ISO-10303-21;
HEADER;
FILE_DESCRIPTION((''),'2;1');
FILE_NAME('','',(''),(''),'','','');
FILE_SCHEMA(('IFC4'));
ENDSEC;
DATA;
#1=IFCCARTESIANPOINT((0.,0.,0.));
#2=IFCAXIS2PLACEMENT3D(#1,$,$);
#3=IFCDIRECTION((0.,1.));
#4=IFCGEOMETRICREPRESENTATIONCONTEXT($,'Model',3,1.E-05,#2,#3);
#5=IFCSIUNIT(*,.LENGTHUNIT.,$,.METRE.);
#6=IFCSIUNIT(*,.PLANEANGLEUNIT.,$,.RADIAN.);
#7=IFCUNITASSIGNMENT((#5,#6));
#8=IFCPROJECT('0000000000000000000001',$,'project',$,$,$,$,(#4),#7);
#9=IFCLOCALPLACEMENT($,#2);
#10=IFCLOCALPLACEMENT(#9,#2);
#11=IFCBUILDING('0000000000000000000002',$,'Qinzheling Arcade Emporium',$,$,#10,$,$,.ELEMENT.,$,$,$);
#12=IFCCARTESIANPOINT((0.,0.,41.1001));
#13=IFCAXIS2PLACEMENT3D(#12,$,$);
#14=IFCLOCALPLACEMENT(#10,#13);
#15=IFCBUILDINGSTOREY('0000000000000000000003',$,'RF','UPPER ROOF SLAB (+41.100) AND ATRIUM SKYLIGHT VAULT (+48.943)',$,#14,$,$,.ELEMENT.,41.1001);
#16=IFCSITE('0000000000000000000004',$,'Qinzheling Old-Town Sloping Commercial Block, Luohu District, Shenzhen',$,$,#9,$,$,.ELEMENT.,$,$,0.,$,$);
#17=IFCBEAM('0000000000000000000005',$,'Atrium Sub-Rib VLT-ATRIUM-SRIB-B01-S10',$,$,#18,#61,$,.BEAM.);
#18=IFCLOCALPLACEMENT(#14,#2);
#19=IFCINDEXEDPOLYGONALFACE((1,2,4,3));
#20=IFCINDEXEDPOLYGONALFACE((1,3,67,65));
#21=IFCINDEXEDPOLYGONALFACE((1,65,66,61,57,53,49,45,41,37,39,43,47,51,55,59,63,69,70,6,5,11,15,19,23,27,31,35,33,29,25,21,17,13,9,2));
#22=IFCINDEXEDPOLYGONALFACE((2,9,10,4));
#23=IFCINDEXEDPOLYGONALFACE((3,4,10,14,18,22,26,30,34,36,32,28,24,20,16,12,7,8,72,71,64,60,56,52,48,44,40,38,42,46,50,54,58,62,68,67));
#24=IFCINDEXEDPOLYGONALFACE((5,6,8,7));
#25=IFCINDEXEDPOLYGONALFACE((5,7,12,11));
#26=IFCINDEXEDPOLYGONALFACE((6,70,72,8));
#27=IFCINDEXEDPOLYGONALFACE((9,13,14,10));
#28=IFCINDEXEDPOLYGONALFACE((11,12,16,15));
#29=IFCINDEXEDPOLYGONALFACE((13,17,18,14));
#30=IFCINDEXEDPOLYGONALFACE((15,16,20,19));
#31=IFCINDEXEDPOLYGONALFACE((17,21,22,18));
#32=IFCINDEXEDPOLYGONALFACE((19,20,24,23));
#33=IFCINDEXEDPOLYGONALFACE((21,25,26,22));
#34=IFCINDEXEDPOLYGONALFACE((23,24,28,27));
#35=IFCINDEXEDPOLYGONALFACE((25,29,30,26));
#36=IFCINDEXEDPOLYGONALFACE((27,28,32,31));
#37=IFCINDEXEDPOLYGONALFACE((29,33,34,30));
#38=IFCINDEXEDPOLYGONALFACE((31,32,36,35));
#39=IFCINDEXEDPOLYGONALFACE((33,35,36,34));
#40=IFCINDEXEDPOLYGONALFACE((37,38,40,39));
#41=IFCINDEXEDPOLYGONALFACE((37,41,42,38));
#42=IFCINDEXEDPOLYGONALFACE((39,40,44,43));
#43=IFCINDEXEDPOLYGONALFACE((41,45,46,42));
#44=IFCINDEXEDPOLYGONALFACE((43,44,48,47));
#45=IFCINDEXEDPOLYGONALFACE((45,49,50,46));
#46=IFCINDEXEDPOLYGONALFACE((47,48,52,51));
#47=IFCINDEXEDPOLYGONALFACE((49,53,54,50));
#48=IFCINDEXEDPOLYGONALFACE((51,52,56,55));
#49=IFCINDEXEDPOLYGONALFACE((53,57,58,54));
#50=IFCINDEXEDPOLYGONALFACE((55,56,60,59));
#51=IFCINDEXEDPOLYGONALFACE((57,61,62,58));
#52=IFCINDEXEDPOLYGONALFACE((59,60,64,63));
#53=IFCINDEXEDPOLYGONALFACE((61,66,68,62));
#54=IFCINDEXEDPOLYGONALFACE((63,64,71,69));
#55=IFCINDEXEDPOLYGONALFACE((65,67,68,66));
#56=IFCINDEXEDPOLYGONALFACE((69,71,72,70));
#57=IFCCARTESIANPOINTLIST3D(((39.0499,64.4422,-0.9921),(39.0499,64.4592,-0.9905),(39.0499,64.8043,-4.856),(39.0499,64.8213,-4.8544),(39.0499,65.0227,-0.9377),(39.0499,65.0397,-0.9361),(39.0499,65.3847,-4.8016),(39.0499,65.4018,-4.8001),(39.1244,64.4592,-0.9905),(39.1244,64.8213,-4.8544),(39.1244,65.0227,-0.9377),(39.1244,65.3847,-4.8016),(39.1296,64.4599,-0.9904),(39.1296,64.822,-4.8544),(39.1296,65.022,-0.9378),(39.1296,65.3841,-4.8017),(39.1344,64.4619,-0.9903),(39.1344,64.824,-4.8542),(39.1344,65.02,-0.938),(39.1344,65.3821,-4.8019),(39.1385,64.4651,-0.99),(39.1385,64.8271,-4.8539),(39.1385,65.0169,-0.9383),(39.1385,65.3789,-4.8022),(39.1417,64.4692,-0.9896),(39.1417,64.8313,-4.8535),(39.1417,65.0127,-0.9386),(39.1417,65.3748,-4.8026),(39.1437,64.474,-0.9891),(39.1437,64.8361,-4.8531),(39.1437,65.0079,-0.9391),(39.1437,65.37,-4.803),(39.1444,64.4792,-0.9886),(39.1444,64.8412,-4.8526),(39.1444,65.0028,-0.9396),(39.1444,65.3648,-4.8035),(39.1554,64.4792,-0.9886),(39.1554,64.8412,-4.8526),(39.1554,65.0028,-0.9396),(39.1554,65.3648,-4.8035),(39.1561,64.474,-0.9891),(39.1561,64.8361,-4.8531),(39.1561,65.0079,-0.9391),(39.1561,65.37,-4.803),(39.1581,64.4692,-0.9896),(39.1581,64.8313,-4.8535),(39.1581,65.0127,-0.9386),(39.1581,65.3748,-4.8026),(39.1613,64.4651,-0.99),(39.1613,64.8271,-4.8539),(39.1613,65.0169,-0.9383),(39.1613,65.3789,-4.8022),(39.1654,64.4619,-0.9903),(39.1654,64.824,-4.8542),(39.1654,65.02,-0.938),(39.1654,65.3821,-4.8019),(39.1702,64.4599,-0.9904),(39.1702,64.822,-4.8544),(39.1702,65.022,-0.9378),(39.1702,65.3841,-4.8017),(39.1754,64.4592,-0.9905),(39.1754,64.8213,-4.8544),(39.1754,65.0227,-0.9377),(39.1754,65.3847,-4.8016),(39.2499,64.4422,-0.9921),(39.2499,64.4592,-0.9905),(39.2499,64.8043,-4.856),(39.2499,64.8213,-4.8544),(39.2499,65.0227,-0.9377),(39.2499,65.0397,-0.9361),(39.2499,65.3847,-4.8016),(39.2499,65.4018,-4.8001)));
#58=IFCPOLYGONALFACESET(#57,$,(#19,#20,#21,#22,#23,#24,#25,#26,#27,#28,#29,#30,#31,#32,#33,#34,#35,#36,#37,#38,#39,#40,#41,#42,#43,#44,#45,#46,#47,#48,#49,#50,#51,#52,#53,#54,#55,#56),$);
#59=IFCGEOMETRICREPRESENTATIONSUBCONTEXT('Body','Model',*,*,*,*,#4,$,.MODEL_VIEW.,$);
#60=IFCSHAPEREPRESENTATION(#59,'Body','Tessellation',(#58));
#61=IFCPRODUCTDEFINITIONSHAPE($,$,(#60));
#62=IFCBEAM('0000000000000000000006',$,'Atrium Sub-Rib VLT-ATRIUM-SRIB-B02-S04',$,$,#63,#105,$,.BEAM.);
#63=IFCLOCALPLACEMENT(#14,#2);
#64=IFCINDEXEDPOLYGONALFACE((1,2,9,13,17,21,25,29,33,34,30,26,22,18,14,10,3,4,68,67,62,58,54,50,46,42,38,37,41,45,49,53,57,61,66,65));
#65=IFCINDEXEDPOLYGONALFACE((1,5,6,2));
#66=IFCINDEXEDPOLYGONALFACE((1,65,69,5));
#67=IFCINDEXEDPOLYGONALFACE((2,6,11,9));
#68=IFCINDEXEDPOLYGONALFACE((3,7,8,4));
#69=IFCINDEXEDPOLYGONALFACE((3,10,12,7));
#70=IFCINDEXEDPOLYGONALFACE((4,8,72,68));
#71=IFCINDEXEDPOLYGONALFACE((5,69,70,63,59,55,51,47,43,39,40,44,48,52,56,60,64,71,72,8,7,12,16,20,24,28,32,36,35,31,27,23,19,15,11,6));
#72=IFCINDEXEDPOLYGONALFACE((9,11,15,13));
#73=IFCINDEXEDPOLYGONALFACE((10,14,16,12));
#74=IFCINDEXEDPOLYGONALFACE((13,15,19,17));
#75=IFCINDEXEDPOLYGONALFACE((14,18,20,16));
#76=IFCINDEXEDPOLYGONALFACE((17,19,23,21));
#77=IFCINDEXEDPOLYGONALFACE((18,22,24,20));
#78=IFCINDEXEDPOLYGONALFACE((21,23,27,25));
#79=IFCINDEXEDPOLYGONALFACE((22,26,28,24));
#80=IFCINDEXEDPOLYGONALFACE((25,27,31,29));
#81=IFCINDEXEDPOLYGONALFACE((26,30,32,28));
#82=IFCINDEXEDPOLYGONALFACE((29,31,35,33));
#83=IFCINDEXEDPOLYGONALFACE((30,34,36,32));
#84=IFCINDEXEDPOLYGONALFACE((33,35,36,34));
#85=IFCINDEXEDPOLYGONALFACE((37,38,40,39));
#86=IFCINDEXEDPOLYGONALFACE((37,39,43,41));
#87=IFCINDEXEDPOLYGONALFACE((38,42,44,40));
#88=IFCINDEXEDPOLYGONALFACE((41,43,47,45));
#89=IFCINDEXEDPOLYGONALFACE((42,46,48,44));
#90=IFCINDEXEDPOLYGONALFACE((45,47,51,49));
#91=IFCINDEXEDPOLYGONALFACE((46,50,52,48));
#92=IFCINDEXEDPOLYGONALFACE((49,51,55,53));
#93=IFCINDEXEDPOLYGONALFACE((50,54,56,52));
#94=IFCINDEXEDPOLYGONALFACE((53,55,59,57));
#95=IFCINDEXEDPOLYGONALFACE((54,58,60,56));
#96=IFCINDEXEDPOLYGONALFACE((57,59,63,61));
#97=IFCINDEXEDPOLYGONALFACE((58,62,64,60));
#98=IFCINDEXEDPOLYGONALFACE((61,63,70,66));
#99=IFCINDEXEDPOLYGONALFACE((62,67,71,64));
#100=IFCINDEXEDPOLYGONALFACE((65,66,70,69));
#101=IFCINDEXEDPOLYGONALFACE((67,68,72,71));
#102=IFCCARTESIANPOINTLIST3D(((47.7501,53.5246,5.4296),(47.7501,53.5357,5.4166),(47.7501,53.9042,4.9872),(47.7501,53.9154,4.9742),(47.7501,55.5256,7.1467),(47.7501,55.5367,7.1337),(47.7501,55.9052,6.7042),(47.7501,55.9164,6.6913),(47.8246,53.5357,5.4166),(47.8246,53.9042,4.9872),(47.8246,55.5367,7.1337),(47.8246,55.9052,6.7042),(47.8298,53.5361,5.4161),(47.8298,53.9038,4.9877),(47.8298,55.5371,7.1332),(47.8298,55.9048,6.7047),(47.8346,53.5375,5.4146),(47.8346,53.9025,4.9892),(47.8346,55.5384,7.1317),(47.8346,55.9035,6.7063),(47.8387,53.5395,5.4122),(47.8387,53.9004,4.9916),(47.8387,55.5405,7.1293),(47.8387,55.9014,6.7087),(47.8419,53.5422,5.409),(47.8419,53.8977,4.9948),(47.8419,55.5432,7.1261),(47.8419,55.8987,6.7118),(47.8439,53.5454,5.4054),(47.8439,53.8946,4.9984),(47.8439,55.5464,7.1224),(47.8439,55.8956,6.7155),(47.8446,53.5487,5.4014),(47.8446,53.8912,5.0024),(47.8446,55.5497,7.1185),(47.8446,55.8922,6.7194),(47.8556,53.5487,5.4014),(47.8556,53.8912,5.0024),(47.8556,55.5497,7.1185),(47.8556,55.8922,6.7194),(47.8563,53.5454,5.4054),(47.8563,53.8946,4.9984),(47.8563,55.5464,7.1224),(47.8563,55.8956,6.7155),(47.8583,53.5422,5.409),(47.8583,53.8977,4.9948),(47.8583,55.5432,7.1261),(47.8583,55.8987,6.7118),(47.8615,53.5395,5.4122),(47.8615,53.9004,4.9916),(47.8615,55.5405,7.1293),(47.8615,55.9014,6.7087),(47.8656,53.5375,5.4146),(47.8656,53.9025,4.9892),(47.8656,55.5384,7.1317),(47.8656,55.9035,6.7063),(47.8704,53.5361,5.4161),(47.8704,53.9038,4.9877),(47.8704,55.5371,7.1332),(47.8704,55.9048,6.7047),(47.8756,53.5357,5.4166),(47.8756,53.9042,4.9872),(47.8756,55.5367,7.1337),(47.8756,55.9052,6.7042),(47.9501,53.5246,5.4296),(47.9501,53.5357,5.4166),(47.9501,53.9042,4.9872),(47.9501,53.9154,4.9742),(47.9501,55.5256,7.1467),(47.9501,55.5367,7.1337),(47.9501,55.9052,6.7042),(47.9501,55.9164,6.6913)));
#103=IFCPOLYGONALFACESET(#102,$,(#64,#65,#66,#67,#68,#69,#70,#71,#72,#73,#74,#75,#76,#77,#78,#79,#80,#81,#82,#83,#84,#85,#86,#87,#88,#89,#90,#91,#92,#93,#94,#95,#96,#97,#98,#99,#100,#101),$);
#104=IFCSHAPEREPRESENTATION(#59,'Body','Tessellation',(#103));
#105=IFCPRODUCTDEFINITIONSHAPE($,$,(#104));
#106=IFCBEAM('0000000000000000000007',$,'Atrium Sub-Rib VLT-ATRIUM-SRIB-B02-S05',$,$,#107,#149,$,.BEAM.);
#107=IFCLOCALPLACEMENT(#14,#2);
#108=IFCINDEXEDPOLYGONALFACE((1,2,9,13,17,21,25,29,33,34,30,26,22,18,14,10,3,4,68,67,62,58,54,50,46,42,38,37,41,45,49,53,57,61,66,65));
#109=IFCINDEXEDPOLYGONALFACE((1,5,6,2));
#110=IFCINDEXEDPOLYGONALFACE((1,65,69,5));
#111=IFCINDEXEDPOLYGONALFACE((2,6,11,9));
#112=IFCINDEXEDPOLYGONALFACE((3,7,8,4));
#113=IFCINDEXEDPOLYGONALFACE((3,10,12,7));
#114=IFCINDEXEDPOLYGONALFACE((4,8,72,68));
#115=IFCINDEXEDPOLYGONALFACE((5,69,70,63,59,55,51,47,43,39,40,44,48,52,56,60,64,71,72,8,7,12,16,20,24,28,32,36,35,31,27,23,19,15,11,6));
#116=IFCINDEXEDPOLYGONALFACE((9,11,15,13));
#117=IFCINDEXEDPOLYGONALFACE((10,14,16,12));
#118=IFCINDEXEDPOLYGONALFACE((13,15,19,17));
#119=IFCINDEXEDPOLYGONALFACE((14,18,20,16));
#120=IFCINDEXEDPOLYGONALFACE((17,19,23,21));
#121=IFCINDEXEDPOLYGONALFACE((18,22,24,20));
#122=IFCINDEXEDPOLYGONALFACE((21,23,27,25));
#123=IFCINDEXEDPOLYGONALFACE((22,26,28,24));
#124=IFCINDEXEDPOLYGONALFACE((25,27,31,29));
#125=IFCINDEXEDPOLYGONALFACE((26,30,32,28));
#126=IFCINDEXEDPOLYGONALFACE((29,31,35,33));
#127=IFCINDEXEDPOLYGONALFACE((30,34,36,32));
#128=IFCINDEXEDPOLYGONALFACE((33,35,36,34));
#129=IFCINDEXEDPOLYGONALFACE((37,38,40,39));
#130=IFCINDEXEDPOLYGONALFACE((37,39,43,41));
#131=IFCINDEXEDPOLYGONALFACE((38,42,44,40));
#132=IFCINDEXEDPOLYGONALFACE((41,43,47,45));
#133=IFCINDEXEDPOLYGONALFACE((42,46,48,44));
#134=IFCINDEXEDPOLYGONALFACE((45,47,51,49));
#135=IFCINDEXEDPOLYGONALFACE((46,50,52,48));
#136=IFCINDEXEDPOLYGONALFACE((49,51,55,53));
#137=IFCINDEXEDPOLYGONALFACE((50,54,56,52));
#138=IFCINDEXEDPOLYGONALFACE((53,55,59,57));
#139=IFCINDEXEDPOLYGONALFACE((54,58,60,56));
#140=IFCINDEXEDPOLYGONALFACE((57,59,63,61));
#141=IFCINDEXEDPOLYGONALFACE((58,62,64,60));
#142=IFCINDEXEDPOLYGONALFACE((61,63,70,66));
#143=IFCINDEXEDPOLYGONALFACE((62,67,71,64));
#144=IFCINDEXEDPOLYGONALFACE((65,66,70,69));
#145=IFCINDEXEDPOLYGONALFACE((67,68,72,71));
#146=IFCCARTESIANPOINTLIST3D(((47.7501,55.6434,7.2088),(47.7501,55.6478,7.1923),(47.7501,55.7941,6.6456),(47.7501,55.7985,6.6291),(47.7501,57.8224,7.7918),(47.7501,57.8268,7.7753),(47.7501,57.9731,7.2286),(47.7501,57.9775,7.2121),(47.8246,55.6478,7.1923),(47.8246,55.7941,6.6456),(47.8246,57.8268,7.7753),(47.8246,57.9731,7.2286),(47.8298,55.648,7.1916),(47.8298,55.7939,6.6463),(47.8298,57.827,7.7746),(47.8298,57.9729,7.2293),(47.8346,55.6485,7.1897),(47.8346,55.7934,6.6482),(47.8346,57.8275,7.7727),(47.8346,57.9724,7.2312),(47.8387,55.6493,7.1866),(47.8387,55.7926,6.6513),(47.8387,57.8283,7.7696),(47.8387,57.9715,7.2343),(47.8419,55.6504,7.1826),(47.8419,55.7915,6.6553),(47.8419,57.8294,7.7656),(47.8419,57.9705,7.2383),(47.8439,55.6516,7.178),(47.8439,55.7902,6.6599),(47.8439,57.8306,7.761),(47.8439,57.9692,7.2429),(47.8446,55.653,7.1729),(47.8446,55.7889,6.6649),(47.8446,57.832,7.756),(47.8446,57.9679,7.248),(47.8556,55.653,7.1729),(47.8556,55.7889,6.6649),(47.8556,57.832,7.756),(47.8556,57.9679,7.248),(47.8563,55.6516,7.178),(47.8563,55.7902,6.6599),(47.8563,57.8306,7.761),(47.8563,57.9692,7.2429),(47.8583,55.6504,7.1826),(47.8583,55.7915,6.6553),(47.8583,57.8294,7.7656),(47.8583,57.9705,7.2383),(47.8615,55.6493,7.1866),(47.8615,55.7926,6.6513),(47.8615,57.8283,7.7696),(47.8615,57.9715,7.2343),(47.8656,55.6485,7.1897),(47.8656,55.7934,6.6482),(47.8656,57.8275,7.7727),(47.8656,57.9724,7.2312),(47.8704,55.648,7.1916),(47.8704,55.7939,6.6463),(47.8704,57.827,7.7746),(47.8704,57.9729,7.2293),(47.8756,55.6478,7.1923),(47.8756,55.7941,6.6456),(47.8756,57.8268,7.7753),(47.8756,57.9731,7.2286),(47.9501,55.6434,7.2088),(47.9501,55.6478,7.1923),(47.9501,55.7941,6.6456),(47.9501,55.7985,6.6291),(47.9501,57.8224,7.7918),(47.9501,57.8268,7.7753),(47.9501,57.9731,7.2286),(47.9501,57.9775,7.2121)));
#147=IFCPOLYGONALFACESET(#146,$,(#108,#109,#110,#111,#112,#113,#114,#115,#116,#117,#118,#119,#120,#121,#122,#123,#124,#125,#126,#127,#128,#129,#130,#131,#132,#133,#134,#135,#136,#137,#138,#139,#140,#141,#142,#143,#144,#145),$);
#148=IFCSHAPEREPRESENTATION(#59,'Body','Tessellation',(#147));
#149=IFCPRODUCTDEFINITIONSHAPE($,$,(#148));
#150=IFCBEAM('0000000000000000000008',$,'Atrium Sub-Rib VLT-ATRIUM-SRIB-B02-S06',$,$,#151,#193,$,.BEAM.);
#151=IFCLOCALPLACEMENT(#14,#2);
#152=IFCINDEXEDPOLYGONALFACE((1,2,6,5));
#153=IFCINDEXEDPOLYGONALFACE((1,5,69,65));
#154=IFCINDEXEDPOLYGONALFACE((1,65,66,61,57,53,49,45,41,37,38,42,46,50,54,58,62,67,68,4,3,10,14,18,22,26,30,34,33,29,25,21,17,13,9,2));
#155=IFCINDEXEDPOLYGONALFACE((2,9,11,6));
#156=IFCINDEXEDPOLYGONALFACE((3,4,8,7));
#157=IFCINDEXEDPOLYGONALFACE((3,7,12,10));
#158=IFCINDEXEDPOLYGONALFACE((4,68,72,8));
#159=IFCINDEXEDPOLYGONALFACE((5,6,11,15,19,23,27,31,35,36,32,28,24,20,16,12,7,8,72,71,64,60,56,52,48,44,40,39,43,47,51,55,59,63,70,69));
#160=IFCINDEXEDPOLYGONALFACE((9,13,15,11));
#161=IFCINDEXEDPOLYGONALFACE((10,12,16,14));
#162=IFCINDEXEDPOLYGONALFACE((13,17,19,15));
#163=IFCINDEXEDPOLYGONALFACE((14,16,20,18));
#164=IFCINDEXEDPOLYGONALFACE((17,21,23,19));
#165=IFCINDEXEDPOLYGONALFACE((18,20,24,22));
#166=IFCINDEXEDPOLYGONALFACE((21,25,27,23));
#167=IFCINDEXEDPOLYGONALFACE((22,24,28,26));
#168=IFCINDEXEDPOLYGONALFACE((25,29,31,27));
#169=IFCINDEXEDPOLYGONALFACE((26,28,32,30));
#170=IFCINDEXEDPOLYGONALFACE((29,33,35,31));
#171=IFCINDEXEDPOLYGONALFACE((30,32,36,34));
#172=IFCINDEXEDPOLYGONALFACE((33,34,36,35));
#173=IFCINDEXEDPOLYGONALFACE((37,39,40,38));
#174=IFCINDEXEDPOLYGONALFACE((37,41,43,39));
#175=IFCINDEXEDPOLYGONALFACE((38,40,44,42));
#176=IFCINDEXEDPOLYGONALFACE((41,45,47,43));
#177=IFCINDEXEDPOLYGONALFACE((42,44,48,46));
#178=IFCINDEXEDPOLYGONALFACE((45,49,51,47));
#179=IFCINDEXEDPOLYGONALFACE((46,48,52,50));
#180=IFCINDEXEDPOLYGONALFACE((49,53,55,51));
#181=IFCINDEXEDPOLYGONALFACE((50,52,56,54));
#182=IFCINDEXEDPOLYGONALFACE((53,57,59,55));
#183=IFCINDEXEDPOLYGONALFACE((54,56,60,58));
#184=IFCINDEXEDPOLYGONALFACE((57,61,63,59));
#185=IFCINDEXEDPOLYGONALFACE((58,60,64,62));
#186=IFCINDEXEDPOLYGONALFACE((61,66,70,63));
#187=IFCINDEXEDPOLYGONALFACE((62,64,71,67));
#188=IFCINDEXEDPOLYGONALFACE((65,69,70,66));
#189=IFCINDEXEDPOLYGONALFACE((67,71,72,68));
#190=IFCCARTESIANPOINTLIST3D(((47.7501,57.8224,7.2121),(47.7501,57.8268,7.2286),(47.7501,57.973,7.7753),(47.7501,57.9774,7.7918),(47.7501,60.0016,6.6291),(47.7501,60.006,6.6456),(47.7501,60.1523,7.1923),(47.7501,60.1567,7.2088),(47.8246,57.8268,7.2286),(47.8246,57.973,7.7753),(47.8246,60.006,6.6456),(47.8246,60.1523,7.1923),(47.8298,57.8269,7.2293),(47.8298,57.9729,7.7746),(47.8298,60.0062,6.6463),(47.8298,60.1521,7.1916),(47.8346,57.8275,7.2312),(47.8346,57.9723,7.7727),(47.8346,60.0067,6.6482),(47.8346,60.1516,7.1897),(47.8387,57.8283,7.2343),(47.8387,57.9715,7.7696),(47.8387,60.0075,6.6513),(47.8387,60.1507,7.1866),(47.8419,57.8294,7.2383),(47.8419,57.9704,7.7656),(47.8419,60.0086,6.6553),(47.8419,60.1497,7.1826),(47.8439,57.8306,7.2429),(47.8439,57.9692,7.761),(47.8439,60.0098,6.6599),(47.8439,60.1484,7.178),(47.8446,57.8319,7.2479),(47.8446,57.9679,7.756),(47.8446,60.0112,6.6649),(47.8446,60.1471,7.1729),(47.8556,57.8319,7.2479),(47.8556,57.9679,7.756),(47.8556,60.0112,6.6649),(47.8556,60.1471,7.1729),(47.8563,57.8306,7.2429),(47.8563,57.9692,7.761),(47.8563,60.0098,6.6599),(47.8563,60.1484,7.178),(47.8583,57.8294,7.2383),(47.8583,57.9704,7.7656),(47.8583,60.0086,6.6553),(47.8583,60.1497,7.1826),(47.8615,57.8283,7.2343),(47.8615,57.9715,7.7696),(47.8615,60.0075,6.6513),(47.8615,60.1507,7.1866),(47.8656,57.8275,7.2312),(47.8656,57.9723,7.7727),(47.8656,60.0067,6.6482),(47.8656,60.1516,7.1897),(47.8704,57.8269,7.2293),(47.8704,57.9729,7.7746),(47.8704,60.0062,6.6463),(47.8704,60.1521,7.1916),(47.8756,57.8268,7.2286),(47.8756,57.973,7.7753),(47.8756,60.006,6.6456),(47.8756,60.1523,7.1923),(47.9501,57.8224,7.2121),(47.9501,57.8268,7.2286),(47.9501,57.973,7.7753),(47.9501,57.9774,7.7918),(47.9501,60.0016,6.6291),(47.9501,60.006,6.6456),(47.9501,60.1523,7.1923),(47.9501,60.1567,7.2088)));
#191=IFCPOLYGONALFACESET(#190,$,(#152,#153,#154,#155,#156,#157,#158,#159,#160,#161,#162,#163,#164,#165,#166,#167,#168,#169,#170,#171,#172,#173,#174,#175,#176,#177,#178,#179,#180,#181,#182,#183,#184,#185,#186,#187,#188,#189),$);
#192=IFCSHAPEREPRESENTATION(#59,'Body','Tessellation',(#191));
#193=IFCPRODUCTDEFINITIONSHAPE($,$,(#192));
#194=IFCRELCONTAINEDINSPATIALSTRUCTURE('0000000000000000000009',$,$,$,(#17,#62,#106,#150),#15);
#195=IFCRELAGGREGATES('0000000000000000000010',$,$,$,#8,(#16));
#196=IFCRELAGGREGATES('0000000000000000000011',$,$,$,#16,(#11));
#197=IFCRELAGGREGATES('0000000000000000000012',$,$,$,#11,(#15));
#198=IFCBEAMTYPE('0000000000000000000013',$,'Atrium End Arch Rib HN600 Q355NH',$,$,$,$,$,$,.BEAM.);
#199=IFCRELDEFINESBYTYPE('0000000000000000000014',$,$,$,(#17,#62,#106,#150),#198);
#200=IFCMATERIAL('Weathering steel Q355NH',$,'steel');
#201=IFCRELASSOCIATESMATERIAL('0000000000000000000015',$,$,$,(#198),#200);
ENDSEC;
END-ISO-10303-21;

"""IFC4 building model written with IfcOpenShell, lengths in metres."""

from ifc_helpers import new_model, si_unit, direction, frame, origin, origin_2d, place, context, subcontext, project, spatial, i_section, extrude, material, material_profile, profile_set, type_object, element, save


model = new_model("IFC4")

# Units and contexts
model_context = context("Model", 3, precision=1e-05, world=origin(), true_north=direction((0.0, 1.0)))
body_context = subcontext(model_context, "Body", "Model", "MODEL_VIEW")
ifc_project = project(units=[si_unit("LENGTHUNIT", "METRE"), si_unit("PLANEANGLEUNIT", "RADIAN")], contexts=[model_context])

# Site, building, storey
site_placement = place(None, origin())
site = spatial("IfcSite", under=ifc_project, at=site_placement, Name="Qinzheling Old-Town Sloping Commercial Block, Luohu District, Shenzhen", CompositionType="ELEMENT", RefElevation=0.0)
building_placement = place(site_placement, origin())
building = spatial("IfcBuilding", under=site, at=building_placement, Name="Qinzheling Arcade Emporium", CompositionType="ELEMENT")
storey_placement = place(building_placement, frame((0.0, 0.0, 41.1001)))
storey = spatial("IfcBuildingStorey", under=building, at=storey_placement, Name="RF", Description="UPPER ROOF SLAB (+41.100) AND ATRIUM SKYLIGHT VAULT (+48.943)", CompositionType="ELEMENT", Elevation=41.1001)

# Beams
ifc_material_1 = material(Name="Weathering steel Q355NH", Category="steel")
ifc_material_profile_1 = material_profile(ifc_material_1, i_section(OverallWidth=0.2, OverallDepth=0.6001, WebThickness=0.011, FlangeThickness=0.0171, FilletRadius=0.02, at=origin_2d()), Name="HN 600x200x11x17", Category="steel")
ifc_profile_set_1 = profile_set([ifc_material_profile_1], Name="Weathering steel Q355NH")
beam_type_1 = type_object("IfcBeamType", Name="Atrium End Arch Rib HN600 Q355NH", PredefinedType="BEAM", material=ifc_profile_set_1)
beam_1_placement = place(storey_placement, frame((39.1499, 64.741, -0.9641), z_axis=(0.0, 0.093292, -0.995639), x_axis=(-1.0, 0.0, 0.0)))
element("IfcBeam", 1, at=beam_1_placement, inside=storey, type_object=beam_type_1, Name="Atrium Sub-Rib VLT-ATRIUM-SRIB-B01-S10", PredefinedType="BEAM", context=body_context, shape_type="SweptSolid", body=[
    extrude(i_section(OverallWidth=0.2, OverallDepth=0.6001, WebThickness=0.011, FlangeThickness=0.0171, FilletRadius=0.02, at=origin_2d()), origin(), (0.0, 0.0, 1.0), 3.8809),
])
beam_2_placement = place(storey_placement, frame((47.8501, 53.72, 5.2019), z_axis=(0.0, 0.758897, 0.651211), x_axis=(-1.0, 0.0, 0.0)))
element("IfcBeam", 2, at=beam_2_placement, inside=storey, type_object=beam_type_1, Name="Atrium Sub-Rib VLT-ATRIUM-SRIB-B02-S04", PredefinedType="BEAM", context=body_context, shape_type="SweptSolid", body=[
    extrude(i_section(OverallWidth=0.2, OverallDepth=0.6001, WebThickness=0.011, FlangeThickness=0.0171, FilletRadius=0.02, at=origin_2d()), origin(), (0.0, 0.0, 1.0), 2.6367),
])
beam_3_placement = place(storey_placement, frame((47.8501, 55.7209, 6.9189), z_axis=(0.0, 0.966019, 0.258471), x_axis=(-1.0, 0.0, 0.0)))
element("IfcBeam", 3, at=beam_3_placement, inside=storey, type_object=beam_type_1, Name="Atrium Sub-Rib VLT-ATRIUM-SRIB-B02-S05", PredefinedType="BEAM", context=body_context, shape_type="SweptSolid", body=[
    extrude(i_section(OverallWidth=0.2, OverallDepth=0.6001, WebThickness=0.011, FlangeThickness=0.0171, FilletRadius=0.02, at=origin_2d()), origin(), (0.0, 0.0, 1.0), 2.2556),
])
beam_4_placement = place(storey_placement, frame((47.8501, 57.8999, 7.502), z_axis=(0.0, 0.966026, -0.258444), x_axis=(-1.0, 0.0, 0.0)))
element("IfcBeam", 4, at=beam_4_placement, inside=storey, type_object=beam_type_1, Name="Atrium Sub-Rib VLT-ATRIUM-SRIB-B02-S06", PredefinedType="BEAM", context=body_context, shape_type="SweptSolid", body=[
    extrude(i_section(OverallWidth=0.2, OverallDepth=0.6001, WebThickness=0.011, FlangeThickness=0.0171, FilletRadius=0.02, at=origin_2d()), origin(), (0.0, 0.0, 1.0), 2.2559),
])

save(model, "model.ifc")
